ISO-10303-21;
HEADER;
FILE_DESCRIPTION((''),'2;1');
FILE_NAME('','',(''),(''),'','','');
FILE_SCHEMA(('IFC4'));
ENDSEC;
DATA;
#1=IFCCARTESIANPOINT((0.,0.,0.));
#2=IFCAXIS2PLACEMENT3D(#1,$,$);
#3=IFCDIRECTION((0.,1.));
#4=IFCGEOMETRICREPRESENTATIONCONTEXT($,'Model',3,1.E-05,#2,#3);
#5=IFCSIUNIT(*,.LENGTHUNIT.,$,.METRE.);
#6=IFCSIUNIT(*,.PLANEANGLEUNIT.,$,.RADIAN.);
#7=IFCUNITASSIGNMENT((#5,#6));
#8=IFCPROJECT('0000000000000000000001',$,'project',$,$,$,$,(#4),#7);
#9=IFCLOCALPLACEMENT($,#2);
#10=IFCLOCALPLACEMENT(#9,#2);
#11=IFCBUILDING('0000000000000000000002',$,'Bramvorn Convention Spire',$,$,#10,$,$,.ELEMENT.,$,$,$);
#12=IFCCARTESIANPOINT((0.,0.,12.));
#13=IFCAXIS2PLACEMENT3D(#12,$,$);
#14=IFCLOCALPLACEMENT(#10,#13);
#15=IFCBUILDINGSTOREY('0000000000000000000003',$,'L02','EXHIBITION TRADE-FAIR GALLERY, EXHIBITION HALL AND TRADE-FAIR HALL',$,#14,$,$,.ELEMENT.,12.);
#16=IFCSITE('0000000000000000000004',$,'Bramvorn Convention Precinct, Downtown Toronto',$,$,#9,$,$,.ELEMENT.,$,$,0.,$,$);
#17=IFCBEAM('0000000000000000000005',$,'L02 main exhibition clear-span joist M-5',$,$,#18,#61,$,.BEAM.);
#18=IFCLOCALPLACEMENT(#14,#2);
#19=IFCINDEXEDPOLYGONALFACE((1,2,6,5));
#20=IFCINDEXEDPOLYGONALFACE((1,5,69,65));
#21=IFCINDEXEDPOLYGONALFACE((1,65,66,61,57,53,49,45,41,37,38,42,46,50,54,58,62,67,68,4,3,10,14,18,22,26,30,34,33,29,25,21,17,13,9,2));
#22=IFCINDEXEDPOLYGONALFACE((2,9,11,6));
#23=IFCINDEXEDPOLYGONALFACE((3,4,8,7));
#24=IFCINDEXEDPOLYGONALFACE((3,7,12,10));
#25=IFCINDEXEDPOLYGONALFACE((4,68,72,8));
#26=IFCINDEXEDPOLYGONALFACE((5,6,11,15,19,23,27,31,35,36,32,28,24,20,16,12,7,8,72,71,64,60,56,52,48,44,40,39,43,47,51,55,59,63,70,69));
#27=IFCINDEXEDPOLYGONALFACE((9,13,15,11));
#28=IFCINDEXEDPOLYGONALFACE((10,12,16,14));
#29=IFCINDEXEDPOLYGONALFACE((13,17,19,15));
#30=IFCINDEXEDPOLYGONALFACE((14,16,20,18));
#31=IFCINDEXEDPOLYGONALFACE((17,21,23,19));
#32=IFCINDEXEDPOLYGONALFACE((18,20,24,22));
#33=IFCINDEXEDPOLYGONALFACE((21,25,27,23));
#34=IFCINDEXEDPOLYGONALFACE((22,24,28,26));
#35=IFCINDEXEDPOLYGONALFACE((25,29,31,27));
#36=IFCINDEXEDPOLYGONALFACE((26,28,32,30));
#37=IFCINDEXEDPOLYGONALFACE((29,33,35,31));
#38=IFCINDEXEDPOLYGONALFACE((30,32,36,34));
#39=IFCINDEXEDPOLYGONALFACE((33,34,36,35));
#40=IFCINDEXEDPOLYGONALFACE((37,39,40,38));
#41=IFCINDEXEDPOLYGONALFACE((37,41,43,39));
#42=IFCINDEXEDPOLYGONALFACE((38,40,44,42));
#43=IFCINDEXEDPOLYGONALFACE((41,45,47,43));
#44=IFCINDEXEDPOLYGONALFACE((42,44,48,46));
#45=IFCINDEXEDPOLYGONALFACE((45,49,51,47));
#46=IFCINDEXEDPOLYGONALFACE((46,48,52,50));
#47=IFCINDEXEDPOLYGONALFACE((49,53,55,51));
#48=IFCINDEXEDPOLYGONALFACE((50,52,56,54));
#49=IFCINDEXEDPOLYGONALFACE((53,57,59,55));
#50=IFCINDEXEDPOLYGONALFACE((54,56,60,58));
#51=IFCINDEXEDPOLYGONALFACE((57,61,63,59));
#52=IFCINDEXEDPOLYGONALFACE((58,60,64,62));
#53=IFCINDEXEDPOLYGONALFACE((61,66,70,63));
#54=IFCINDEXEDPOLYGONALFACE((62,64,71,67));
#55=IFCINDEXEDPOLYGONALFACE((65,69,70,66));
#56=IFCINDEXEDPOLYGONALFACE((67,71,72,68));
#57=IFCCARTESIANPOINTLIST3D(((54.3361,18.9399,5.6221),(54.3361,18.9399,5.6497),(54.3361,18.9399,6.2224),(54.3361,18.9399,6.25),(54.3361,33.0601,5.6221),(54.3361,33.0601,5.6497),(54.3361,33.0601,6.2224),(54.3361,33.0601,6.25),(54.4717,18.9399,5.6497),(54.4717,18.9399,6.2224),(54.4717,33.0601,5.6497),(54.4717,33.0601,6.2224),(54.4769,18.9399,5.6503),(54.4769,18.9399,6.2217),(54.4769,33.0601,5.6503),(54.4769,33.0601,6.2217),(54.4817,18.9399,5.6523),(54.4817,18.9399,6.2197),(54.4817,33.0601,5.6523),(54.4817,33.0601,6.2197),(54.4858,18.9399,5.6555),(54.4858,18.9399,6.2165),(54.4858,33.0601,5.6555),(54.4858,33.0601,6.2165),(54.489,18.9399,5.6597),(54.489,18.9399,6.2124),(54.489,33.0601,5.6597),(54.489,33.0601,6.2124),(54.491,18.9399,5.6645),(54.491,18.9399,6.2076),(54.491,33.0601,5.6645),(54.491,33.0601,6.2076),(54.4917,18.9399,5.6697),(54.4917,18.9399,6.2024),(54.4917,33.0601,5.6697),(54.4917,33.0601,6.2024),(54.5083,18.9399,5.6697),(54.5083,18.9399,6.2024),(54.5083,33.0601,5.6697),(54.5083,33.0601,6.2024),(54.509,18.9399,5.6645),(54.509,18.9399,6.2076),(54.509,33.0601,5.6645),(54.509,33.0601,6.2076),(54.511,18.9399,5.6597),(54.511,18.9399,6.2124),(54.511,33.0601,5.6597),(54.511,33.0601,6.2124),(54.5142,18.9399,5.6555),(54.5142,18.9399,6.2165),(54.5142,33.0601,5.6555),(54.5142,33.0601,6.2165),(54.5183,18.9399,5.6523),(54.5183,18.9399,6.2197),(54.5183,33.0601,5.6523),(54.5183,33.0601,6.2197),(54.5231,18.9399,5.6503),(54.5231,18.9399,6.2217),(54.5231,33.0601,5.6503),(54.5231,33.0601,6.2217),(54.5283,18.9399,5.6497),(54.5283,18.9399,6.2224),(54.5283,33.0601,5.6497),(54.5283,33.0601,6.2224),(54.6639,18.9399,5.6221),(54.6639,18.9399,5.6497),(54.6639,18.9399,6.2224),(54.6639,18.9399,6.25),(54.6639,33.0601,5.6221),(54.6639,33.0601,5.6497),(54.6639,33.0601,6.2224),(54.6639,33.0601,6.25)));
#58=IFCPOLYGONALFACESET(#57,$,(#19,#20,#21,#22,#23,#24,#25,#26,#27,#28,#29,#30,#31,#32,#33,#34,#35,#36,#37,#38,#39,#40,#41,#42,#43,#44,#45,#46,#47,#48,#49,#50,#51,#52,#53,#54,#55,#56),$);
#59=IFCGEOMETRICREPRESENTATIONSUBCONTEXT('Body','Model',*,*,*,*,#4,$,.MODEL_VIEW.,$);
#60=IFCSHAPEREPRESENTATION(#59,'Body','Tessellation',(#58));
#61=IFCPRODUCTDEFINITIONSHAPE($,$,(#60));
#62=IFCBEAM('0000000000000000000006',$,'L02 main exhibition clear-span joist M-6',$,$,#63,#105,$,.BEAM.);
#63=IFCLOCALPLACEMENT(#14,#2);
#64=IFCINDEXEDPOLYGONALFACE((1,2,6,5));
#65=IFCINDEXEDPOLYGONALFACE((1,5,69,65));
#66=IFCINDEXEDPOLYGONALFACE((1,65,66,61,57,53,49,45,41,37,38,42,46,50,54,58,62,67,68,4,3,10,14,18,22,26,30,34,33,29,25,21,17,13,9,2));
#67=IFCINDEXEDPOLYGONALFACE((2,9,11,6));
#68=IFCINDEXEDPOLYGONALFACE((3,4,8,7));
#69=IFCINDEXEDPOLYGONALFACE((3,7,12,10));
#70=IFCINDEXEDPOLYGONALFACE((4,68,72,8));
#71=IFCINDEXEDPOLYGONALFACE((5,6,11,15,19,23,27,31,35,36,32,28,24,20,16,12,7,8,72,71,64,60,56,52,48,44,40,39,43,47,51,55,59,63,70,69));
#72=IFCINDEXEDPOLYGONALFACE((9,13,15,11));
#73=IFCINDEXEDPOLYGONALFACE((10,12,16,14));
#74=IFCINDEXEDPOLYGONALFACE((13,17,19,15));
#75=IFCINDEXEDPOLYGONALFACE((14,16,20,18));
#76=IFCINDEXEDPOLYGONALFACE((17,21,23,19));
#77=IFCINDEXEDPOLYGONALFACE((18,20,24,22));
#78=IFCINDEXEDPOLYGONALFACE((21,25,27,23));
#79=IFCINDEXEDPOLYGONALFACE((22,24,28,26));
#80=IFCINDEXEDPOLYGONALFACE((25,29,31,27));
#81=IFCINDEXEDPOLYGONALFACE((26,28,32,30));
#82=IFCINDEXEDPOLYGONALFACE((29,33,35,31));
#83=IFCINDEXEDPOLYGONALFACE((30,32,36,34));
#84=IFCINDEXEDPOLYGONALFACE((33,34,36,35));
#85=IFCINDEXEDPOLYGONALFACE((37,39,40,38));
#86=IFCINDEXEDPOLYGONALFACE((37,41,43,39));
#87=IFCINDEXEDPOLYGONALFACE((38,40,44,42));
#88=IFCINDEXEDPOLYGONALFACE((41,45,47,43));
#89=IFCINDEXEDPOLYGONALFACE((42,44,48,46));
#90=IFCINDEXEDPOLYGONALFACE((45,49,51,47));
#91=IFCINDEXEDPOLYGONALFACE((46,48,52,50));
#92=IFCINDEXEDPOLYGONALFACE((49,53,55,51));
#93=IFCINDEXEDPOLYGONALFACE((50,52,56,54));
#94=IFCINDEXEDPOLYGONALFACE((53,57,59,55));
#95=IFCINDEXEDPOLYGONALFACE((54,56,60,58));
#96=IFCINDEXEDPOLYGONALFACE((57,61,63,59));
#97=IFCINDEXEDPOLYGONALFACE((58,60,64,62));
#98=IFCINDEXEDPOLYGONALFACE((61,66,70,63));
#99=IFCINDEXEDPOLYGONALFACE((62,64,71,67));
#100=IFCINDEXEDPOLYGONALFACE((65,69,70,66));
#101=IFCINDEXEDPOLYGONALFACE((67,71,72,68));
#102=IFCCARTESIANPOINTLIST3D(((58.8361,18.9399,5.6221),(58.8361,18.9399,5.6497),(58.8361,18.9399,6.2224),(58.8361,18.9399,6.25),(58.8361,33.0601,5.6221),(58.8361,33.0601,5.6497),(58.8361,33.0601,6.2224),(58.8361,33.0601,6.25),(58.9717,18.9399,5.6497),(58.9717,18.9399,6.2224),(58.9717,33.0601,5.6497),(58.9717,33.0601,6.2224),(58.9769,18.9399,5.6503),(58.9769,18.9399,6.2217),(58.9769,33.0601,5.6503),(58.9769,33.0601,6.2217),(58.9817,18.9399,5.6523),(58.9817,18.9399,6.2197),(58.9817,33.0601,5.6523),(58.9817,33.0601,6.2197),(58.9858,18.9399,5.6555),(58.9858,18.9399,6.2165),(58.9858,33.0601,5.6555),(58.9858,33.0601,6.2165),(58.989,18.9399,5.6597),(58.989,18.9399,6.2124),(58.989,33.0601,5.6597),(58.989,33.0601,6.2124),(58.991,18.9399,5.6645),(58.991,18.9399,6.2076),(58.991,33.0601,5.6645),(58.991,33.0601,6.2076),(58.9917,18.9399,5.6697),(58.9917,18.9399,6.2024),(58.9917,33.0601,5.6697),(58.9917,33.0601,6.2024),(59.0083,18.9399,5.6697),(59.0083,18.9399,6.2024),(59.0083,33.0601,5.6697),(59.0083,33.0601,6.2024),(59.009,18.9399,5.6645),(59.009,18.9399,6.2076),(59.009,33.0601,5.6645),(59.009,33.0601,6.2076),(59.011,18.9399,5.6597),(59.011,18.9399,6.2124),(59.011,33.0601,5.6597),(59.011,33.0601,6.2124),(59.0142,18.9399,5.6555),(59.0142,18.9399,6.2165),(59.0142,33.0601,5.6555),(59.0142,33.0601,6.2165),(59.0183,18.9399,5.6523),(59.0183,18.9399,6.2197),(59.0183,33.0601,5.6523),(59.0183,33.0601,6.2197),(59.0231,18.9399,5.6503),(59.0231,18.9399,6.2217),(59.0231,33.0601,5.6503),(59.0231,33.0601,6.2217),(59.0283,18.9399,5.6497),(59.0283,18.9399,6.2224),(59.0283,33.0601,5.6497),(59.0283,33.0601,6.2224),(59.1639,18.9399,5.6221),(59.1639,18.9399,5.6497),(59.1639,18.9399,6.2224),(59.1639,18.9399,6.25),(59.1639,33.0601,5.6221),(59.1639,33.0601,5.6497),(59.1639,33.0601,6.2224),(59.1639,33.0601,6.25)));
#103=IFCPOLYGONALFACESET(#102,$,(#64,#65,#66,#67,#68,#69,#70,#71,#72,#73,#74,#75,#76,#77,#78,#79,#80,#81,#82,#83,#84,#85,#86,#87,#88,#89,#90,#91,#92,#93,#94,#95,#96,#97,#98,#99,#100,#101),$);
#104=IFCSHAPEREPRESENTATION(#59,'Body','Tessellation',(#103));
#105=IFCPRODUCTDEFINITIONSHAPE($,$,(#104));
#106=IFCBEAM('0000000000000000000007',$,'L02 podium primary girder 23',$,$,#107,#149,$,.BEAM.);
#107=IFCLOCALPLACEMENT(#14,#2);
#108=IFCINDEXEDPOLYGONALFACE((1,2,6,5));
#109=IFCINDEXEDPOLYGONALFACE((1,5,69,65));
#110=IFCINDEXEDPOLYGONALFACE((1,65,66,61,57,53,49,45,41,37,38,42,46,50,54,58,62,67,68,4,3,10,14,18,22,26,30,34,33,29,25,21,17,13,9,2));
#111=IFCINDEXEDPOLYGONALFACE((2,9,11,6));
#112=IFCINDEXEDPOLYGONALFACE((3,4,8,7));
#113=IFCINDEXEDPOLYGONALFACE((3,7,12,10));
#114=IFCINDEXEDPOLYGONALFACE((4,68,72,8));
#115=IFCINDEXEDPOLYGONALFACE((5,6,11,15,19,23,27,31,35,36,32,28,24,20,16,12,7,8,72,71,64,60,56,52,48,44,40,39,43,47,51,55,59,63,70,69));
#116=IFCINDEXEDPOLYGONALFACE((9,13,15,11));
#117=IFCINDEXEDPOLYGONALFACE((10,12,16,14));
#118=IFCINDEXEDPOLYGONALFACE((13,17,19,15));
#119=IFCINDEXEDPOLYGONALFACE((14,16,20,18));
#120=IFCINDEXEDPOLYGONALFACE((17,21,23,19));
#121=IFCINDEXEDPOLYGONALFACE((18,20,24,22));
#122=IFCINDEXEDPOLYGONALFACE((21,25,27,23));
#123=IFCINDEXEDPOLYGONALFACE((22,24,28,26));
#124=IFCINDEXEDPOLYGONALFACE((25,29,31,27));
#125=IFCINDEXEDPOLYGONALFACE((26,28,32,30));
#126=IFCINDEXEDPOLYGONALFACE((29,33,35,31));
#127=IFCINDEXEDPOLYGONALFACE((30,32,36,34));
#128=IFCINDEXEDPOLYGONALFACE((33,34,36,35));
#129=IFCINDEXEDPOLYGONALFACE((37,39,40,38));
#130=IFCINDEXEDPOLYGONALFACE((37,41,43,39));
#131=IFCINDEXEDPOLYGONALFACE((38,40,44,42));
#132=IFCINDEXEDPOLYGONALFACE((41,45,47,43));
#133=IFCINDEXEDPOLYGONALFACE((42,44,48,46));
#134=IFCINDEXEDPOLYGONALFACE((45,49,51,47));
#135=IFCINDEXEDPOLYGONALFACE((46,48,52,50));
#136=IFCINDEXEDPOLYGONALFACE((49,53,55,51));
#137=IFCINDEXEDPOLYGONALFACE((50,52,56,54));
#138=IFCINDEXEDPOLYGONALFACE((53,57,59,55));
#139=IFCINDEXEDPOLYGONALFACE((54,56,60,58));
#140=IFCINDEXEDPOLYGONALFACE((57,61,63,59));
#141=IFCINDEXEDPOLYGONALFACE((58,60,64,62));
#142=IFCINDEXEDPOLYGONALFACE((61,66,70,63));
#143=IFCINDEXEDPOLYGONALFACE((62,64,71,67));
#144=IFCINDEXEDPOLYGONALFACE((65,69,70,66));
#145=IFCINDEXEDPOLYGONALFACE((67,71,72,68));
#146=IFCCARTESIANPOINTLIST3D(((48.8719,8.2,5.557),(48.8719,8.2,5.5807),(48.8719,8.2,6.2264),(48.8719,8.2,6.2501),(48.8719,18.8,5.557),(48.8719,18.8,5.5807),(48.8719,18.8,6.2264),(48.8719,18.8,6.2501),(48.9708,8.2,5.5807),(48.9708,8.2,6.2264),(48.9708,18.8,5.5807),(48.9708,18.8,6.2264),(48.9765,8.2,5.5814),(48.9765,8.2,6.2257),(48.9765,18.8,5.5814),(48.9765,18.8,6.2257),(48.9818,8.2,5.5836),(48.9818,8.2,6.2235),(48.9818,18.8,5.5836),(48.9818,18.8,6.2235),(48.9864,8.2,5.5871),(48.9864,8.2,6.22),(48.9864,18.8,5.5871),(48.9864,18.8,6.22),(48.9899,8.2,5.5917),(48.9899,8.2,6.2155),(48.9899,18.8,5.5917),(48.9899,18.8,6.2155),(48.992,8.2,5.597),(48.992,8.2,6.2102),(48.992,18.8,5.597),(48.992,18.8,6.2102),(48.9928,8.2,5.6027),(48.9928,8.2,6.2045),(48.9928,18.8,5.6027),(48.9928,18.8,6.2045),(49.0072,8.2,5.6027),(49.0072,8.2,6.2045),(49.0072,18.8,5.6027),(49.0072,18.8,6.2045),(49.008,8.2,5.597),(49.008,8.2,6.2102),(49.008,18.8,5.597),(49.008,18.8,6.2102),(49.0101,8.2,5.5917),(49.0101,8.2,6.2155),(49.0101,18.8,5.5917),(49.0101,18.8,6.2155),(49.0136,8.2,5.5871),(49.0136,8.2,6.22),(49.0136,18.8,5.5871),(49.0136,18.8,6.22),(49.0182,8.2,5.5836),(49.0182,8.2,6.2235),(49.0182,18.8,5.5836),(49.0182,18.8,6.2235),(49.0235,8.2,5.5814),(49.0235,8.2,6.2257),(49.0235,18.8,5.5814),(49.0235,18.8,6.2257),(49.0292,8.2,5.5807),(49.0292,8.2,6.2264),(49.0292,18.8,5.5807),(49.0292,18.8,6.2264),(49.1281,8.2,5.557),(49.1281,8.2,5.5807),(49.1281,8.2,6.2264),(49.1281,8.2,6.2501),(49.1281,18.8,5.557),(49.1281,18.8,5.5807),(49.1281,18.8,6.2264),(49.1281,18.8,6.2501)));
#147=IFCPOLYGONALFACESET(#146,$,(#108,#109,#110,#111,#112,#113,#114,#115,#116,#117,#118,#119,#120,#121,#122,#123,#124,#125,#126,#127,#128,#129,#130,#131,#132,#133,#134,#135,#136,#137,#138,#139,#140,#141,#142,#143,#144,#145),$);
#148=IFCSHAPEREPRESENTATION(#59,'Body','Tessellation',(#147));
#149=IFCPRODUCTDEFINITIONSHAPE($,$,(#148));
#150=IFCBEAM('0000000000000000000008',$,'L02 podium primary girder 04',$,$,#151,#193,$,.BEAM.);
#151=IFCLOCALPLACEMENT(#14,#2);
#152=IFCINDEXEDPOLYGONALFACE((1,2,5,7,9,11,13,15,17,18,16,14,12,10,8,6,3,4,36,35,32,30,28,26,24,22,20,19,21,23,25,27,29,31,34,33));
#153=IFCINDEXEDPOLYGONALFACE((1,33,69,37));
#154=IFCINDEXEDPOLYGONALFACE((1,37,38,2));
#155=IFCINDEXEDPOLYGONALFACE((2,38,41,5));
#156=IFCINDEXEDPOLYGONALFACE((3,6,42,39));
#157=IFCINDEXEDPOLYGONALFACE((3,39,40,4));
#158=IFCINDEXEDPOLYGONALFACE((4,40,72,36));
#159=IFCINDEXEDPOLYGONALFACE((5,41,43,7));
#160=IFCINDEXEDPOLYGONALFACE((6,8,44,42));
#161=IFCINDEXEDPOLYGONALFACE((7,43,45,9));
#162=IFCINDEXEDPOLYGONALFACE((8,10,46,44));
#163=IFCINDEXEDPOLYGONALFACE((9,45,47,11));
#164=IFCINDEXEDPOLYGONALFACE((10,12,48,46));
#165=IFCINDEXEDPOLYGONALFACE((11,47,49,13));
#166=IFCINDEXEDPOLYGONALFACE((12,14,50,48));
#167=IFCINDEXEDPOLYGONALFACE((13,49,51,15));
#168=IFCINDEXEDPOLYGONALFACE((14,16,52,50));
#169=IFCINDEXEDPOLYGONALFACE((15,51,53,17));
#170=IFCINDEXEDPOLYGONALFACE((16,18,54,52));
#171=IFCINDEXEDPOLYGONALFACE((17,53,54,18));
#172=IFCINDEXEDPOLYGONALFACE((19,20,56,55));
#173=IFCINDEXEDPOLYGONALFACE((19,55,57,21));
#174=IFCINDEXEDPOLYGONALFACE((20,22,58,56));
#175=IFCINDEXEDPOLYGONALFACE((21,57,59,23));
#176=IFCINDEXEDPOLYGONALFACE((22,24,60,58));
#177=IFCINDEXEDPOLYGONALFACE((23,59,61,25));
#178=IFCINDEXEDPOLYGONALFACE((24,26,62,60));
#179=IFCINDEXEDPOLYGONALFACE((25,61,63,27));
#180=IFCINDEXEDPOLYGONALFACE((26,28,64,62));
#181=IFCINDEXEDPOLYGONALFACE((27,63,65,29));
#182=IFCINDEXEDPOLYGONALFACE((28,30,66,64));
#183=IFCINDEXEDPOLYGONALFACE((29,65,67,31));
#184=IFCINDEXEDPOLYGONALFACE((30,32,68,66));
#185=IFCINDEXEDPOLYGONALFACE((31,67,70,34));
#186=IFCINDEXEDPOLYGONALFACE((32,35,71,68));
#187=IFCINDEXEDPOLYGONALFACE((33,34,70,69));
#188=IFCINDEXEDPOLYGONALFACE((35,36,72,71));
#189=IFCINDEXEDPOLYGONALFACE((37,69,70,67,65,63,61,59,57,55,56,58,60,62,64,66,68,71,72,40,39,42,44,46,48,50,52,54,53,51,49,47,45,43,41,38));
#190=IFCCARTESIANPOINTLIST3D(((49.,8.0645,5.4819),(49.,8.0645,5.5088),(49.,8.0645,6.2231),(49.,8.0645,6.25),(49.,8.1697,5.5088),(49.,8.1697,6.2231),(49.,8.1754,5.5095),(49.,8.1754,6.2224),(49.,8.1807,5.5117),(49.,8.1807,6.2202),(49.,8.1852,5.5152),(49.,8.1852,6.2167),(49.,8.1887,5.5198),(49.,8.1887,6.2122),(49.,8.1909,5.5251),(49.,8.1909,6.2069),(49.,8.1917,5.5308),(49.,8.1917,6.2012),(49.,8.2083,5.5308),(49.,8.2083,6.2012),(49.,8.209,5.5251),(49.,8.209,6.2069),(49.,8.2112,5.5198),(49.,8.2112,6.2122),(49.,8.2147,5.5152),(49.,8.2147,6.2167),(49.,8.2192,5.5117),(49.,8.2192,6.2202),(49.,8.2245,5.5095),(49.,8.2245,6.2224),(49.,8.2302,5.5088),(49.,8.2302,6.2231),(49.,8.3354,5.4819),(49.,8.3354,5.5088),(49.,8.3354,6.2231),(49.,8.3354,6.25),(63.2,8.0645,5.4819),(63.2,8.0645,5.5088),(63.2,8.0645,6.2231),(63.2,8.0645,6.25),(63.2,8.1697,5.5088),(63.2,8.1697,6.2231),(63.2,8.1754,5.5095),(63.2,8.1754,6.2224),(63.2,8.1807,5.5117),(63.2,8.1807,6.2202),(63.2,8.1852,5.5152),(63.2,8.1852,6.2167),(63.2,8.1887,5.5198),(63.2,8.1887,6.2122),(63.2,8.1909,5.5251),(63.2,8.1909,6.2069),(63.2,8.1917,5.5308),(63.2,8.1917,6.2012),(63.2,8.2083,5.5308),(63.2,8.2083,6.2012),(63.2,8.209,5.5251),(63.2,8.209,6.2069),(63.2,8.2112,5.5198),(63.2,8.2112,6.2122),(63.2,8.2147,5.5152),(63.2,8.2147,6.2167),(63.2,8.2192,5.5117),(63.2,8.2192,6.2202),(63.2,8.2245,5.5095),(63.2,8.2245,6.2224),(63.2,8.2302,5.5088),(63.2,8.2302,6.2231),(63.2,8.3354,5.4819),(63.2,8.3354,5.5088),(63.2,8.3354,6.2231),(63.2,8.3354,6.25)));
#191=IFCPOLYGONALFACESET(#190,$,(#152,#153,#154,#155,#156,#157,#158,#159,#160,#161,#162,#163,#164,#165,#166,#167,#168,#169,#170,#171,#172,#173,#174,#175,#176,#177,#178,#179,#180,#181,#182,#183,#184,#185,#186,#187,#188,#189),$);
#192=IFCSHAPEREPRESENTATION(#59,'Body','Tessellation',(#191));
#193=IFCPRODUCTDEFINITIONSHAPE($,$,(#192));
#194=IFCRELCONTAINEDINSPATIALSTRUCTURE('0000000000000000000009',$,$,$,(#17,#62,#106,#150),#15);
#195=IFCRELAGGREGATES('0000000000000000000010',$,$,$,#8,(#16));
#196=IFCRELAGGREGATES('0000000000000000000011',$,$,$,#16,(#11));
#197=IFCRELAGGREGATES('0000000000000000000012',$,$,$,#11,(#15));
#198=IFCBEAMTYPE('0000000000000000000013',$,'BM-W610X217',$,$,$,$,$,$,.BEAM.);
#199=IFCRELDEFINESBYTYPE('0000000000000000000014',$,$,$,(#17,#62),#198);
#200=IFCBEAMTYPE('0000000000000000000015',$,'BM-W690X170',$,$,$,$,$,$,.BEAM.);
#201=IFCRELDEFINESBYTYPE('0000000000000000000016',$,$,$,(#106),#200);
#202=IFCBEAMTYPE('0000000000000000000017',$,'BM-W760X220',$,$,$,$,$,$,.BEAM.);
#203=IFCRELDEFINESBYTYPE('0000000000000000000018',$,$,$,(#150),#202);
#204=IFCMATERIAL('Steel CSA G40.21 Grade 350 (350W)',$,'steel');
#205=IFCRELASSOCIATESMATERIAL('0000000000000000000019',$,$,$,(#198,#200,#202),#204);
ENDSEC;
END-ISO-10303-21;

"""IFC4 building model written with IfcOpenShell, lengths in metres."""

from ifc_helpers import new_model, si_unit, direction, frame, origin, origin_2d, place, context, subcontext, project, spatial, i_section, extrude, material, material_profile, profile_set, type_object, element, save


model = new_model("IFC4")

# Units and contexts
model_context = context("Model", 3, precision=1e-05, world=origin(), true_north=direction((0.0, 1.0)))
body_context = subcontext(model_context, "Body", "Model", "MODEL_VIEW")
ifc_project = project(units=[si_unit("LENGTHUNIT", "METRE"), si_unit("PLANEANGLEUNIT", "RADIAN")], contexts=[model_context])

# Site, building, storey
site_placement = place(None, origin())
site = spatial("IfcSite", under=ifc_project, at=site_placement, Name="Bramvorn Convention Precinct, Downtown Toronto", CompositionType="ELEMENT", RefElevation=0.0)
building_placement = place(site_placement, origin())
building = spatial("IfcBuilding", under=site, at=building_placement, Name="Bramvorn Convention Spire", CompositionType="ELEMENT")
storey_placement = place(building_placement, frame((0.0, 0.0, 12.0)))
storey = spatial("IfcBuildingStorey", under=building, at=storey_placement, Name="L02", Description="EXHIBITION TRADE-FAIR GALLERY, EXHIBITION HALL AND TRADE-FAIR HALL", CompositionType="ELEMENT", Elevation=12.0)

# Shared definitions
ifc_material_1 = material(Name="Steel CSA G40.21 Grade 350 (350W)", Category="steel")

# Beams
ifc_material_profile_1 = material_profile(ifc_material_1, i_section(OverallWidth=0.3279, OverallDepth=0.6279, WebThickness=0.0166, FlangeThickness=0.0276, FilletRadius=0.02, at=origin_2d()))
ifc_profile_set_1 = profile_set([ifc_material_profile_1], Name="Steel CSA G40.21 Grade 350 (350W) - W610X217")
beam_type_1 = type_object("IfcBeamType", Name="BM-W610X217", PredefinedType="BEAM", material=ifc_profile_set_1)
for number, where, z_axis, x_axis, name in (
    (1, (54.5, 18.9399, 5.936), (0.0, 1.0, 0.0), (-1.0, 0.0, 0.0), "L02 main exhibition clear-span joist M-5"),
    (2, (59.0, 18.9399, 5.936), (0.0, 1.0, 0.0), (-1.0, 0.0, 0.0), "L02 main exhibition clear-span joist M-6"),
):
    element("IfcBeam", number, at=place(storey_placement, frame(where, z_axis=z_axis, x_axis=x_axis)), inside=storey, type_object=beam_type_1, Name=name, PredefinedType="BEAM", context=body_context, shape_type="SweptSolid", body=[
        extrude(i_section(OverallWidth=0.3279, OverallDepth=0.6279, WebThickness=0.0166, FlangeThickness=0.0276, FilletRadius=0.02, at=origin_2d()), origin(), (0.0, 0.0, 1.0), 14.1201),
    ])
ifc_material_profile_2 = material_profile(ifc_material_1, i_section(OverallWidth=0.2561, OverallDepth=0.6931, WebThickness=0.0144, FlangeThickness=0.0237, FilletRadius=0.022, at=origin_2d()))
ifc_profile_set_2 = profile_set([ifc_material_profile_2], Name="Steel CSA G40.21 Grade 350 (350W) - W690X170")
beam_type_2 = type_object("IfcBeamType", Name="BM-W690X170", PredefinedType="BEAM", material=ifc_profile_set_2)
beam_1_placement = place(storey_placement, frame((49.0, 8.2, 5.9036), z_axis=(0.0, 1.0, 0.0), x_axis=(-1.0, 0.0, 0.0)))
element("IfcBeam", 3, at=beam_1_placement, inside=storey, type_object=beam_type_2, Name="L02 podium primary girder 23", PredefinedType="BEAM", context=body_context, shape_type="SweptSolid", body=[
    extrude(i_section(OverallWidth=0.2561, OverallDepth=0.6931, WebThickness=0.0144, FlangeThickness=0.0237, FilletRadius=0.022, at=origin_2d()), origin(), (0.0, 0.0, 1.0), 10.6001),
])
ifc_material_profile_3 = material_profile(ifc_material_1, i_section(OverallWidth=0.271, OverallDepth=0.7681, WebThickness=0.0166, FlangeThickness=0.0269, FilletRadius=0.022, at=origin_2d()))
ifc_profile_set_3 = profile_set([ifc_material_profile_3], Name="Steel CSA G40.21 Grade 350 (350W) - W760X220")
beam_type_3 = type_object("IfcBeamType", Name="BM-W760X220", PredefinedType="BEAM", material=ifc_profile_set_3)
for number, where, z_axis, x_axis, name in (
    (4, (49.0, 8.2, 5.866), (1.0, 0.0, 0.0), (0.0, 1.0, 0.0), "L02 podium primary girder 04"),
):
    element("IfcBeam", number, at=place(storey_placement, frame(where, z_axis=z_axis, x_axis=x_axis)), inside=storey, type_object=beam_type_3, Name=name, PredefinedType="BEAM", context=body_context, shape_type="SweptSolid", body=[
        extrude(i_section(OverallWidth=0.271, OverallDepth=0.7681, WebThickness=0.0166, FlangeThickness=0.0269, FilletRadius=0.022, at=origin_2d()), origin(), (0.0, 0.0, 1.0), 14.2),
    ])

save(model, "model.ifc")
